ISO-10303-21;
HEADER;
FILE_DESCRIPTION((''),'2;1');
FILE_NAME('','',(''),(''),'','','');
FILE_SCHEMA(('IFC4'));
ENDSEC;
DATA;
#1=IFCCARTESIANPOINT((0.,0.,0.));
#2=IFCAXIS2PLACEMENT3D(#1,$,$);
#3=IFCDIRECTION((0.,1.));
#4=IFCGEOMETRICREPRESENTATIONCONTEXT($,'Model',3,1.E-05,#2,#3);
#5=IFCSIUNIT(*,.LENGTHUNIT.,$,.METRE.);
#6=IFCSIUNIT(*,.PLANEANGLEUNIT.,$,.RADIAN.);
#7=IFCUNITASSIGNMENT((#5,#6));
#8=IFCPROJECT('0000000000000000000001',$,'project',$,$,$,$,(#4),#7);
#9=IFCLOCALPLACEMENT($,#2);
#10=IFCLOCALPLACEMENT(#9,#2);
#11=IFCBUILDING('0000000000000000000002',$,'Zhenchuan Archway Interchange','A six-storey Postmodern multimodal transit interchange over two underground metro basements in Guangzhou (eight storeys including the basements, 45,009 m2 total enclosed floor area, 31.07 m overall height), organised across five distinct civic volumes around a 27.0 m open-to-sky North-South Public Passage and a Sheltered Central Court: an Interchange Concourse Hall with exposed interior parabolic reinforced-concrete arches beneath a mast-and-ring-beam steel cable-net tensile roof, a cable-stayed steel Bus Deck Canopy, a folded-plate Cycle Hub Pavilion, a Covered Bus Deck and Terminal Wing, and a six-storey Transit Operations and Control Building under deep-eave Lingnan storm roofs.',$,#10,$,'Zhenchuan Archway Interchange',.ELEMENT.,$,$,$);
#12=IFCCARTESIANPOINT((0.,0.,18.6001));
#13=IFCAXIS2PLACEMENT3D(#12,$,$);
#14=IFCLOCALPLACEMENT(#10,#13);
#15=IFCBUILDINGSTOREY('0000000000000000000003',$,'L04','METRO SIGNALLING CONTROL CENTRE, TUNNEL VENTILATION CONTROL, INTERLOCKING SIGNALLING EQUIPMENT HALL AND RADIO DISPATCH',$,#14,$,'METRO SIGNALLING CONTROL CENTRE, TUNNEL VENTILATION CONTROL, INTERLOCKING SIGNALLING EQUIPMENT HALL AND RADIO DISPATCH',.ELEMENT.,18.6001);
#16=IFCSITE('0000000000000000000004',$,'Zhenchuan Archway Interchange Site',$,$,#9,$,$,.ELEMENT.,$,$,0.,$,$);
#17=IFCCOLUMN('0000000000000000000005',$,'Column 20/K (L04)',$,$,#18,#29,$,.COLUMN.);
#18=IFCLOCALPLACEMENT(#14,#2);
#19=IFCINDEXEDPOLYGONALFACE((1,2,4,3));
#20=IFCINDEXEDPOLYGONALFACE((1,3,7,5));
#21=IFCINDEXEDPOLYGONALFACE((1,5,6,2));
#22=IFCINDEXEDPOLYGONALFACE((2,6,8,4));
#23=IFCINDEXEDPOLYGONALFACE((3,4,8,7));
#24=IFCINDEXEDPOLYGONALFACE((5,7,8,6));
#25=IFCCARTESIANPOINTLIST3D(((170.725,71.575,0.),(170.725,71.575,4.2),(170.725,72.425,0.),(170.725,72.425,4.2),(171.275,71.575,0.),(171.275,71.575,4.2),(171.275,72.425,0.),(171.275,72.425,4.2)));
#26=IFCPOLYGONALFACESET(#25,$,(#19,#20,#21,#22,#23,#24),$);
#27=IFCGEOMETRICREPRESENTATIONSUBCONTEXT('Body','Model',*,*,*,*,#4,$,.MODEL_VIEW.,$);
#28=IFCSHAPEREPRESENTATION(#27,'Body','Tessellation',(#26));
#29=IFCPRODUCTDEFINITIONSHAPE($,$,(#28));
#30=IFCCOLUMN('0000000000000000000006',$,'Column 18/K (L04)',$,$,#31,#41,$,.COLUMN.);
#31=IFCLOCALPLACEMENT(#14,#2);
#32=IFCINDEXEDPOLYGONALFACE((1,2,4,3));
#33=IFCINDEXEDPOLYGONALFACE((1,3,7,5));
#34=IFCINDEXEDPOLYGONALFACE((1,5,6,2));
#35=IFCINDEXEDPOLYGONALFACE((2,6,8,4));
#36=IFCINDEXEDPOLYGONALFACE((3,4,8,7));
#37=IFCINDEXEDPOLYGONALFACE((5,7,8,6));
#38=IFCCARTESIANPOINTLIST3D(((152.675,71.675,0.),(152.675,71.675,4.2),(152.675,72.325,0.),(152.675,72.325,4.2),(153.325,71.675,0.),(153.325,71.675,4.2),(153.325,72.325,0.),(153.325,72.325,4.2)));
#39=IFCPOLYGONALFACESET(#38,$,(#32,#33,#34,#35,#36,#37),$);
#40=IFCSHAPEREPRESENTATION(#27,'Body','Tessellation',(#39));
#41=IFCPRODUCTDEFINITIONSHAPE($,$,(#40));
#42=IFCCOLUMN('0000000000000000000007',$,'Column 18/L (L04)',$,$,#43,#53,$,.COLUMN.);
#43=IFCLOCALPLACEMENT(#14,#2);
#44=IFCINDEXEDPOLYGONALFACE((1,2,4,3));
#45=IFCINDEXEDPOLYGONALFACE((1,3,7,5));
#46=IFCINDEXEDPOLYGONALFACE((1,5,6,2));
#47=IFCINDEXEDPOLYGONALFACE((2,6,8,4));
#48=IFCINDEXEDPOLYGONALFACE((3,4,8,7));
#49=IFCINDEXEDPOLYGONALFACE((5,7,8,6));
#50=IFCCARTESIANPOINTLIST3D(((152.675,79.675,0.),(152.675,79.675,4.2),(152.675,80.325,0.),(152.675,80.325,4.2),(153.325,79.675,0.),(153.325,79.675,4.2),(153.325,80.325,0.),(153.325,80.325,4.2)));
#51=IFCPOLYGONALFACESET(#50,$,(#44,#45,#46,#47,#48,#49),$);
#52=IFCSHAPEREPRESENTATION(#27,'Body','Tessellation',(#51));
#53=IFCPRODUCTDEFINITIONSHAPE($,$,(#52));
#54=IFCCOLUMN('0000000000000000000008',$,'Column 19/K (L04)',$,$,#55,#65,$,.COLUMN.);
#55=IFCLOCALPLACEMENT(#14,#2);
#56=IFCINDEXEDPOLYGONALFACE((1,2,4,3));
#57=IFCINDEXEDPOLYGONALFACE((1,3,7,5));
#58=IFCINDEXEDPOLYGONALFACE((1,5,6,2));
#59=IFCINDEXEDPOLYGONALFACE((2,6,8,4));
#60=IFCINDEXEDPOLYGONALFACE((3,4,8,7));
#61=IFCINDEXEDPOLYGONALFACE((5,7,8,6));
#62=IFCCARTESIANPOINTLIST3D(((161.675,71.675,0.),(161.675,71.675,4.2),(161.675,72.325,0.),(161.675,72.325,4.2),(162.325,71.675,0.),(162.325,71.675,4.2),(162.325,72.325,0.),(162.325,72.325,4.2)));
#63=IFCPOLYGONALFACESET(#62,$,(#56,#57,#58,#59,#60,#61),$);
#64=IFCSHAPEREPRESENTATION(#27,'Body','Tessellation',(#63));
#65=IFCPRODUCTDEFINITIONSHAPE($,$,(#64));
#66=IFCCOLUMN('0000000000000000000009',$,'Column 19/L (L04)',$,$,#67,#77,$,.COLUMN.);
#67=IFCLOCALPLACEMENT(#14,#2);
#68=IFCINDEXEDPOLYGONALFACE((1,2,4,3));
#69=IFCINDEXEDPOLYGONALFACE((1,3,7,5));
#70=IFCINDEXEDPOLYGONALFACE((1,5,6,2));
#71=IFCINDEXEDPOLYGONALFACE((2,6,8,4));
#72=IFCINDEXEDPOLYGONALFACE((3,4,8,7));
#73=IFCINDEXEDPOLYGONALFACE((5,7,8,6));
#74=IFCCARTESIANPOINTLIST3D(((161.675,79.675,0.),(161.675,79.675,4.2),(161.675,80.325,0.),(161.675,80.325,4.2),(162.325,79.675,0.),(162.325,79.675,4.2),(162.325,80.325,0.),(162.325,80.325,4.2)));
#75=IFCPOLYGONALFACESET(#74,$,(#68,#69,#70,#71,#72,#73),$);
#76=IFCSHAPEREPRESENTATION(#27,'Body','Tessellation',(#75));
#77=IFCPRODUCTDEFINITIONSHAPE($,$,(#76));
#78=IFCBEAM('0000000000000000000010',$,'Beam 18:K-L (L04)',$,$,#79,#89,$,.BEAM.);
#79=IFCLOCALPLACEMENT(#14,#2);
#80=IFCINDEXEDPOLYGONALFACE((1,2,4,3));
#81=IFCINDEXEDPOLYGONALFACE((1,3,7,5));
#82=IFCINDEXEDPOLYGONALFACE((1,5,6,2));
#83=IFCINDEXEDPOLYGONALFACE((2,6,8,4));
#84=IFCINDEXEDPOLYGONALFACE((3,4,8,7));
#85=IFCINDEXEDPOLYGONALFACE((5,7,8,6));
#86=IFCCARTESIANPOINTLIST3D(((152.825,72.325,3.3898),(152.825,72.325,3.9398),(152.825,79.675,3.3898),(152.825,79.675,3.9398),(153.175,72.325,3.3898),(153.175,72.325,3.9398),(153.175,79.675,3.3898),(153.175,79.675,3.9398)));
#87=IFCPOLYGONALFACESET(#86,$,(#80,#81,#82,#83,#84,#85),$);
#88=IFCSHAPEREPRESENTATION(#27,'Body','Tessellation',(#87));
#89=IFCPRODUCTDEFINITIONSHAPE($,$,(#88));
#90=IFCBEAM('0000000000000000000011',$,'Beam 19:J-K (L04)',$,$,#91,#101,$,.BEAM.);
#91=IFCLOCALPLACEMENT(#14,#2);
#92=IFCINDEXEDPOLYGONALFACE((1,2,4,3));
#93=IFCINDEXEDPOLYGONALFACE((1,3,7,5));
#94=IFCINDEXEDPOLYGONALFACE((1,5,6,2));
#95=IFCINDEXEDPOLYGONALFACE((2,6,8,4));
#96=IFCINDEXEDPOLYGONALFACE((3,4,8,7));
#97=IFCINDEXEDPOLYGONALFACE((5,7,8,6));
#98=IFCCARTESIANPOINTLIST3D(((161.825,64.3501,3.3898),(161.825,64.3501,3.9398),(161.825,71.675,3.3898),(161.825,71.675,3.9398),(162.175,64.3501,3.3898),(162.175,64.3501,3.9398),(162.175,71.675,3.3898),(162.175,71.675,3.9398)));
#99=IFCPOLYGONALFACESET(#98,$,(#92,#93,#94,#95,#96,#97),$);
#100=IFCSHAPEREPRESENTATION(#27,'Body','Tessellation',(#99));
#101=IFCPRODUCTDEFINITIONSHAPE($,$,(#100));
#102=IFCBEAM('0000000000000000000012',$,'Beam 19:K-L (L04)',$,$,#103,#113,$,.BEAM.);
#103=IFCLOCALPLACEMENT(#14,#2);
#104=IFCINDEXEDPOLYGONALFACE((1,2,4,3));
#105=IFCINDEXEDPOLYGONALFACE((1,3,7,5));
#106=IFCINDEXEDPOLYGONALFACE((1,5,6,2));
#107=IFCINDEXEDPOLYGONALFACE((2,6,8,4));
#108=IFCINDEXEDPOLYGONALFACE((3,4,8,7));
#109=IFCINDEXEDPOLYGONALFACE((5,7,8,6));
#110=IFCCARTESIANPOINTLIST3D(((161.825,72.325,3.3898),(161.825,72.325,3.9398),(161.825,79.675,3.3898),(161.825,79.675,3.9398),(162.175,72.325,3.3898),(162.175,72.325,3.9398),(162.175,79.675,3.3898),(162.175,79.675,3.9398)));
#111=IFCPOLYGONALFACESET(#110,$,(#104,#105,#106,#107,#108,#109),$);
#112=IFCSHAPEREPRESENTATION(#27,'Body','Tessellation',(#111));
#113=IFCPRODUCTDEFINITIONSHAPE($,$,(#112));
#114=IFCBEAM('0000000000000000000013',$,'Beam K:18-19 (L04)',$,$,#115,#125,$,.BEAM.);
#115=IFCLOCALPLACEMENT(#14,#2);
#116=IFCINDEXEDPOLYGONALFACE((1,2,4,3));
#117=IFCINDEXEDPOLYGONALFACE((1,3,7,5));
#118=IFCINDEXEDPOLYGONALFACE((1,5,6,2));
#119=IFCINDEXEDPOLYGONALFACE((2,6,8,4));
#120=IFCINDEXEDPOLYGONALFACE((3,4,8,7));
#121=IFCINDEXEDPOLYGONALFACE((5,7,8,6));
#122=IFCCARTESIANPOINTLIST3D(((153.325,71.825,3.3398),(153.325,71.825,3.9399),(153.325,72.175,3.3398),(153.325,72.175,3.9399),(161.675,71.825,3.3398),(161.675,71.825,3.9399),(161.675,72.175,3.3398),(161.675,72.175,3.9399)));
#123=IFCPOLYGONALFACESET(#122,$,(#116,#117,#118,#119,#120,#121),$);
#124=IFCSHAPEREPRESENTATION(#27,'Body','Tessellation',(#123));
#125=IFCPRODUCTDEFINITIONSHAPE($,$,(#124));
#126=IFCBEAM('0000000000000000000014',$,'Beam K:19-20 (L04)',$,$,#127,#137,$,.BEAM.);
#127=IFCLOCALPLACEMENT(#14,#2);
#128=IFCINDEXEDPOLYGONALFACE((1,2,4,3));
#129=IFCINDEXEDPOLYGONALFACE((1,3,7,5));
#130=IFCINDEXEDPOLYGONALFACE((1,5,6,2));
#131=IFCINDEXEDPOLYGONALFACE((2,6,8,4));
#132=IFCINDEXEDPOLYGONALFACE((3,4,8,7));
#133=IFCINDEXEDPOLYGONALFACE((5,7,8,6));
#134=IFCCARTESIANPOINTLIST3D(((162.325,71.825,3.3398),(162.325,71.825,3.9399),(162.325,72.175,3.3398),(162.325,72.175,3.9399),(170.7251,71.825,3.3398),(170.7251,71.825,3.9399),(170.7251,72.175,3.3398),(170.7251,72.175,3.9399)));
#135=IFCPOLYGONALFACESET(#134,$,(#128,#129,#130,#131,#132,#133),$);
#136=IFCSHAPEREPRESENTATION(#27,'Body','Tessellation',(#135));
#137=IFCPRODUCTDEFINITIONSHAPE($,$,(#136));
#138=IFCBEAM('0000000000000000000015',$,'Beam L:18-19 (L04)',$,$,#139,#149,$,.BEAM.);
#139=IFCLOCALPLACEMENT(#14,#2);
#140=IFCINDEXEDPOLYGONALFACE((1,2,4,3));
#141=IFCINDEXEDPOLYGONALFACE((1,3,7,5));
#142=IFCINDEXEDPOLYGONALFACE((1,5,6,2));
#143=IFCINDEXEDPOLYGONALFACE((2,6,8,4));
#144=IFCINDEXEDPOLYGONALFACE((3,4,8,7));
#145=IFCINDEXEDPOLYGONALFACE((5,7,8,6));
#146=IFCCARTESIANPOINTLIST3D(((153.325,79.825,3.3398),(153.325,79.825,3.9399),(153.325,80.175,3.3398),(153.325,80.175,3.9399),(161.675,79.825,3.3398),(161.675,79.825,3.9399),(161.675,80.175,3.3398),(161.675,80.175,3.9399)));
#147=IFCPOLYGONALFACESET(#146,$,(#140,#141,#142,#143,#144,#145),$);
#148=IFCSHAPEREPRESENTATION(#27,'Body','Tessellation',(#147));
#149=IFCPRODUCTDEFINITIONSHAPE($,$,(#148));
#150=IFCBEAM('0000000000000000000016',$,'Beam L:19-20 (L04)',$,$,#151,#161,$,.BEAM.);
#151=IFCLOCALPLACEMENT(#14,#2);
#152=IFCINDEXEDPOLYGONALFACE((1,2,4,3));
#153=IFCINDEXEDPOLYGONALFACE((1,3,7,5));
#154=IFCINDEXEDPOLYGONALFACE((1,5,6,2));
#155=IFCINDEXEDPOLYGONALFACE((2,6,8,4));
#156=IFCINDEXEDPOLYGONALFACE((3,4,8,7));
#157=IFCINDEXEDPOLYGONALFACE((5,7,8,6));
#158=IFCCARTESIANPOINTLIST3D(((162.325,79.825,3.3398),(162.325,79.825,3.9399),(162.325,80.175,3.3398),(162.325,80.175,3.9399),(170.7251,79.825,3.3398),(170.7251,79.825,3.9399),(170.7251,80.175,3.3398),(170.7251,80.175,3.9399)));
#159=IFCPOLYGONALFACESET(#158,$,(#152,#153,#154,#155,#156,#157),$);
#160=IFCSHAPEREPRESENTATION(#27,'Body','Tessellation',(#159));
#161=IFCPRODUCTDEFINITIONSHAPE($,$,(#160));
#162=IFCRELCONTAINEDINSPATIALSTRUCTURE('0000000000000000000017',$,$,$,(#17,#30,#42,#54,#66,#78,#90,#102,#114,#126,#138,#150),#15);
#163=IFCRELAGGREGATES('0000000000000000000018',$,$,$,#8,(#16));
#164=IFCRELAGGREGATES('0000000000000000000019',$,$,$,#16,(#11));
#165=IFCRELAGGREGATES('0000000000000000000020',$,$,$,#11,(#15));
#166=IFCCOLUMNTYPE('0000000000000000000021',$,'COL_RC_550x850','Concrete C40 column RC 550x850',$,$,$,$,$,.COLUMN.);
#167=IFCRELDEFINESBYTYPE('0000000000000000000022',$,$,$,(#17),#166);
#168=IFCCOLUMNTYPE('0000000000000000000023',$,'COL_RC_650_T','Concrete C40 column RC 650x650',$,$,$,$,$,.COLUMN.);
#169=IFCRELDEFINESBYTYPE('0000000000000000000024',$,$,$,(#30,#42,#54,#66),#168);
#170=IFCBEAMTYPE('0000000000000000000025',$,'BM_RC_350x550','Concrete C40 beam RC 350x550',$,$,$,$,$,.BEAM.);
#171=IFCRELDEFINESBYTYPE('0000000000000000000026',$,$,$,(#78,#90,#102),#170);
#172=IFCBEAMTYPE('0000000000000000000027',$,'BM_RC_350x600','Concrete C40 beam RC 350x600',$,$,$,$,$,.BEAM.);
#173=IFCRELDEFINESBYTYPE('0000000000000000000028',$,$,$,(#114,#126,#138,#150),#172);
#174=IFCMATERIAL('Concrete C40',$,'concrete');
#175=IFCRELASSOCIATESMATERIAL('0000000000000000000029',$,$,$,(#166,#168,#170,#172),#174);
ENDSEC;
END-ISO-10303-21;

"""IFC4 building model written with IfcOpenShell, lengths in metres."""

from ifc_helpers import new_model, si_unit, direction, frame, origin, origin_2d, place, context, subcontext, project, spatial, rectangle, extrude, material, material_profile, profile_set, type_object, element, save


model = new_model("IFC4")

# Units and contexts
model_context = context("Model", 3, precision=1e-05, world=origin(), true_north=direction((0.0, 1.0)))
body_context = subcontext(model_context, "Body", "Model", "MODEL_VIEW")
ifc_project = project(units=[si_unit("LENGTHUNIT", "METRE"), si_unit("PLANEANGLEUNIT", "RADIAN")], contexts=[model_context])

# Site, building, storey
site_placement = place(None, origin())
site = spatial("IfcSite", under=ifc_project, at=site_placement, Name="Zhenchuan Archway Interchange Site", CompositionType="ELEMENT", RefElevation=0.0)
building_placement = place(site_placement, origin())
building = spatial("IfcBuilding", under=site, at=building_placement, Name="Zhenchuan Archway Interchange", Description="A six-storey Postmodern multimodal transit interchange over two underground metro basements in Guangzhou (eight storeys including the basements, 45,009 m2 total enclosed floor area, 31.07 m overall height), organised across five distinct civic volumes around a 27.0 m open-to-sky North-South Public Passage and a Sheltered Central Court: an Interchange Concourse Hall with exposed interior parabolic reinforced-concrete arches beneath a mast-and-ring-beam steel cable-net tensile roof, a cable-stayed steel Bus Deck Canopy, a folded-plate Cycle Hub Pavilion, a Covered Bus Deck and Terminal Wing, and a six-storey Transit Operations and Control Building under deep-eave Lingnan storm roofs.", LongName="Zhenchuan Archway Interchange", CompositionType="ELEMENT")
storey_placement = place(building_placement, frame((0.0, 0.0, 18.6001)))
storey = spatial("IfcBuildingStorey", under=building, at=storey_placement, Name="L04", Description="METRO SIGNALLING CONTROL CENTRE, TUNNEL VENTILATION CONTROL, INTERLOCKING SIGNALLING EQUIPMENT HALL AND RADIO DISPATCH", LongName="METRO SIGNALLING CONTROL CENTRE, TUNNEL VENTILATION CONTROL, INTERLOCKING SIGNALLING EQUIPMENT HALL AND RADIO DISPATCH", CompositionType="ELEMENT", Elevation=18.6001)

# Columns
ifc_material_1 = material(Name="Concrete C40", Category="concrete")
ifc_material_profile_1 = material_profile(ifc_material_1, rectangle(XDim=0.55, YDim=0.8501, at=origin_2d()), Name="RC 550x850")
ifc_profile_set_1 = profile_set([ifc_material_profile_1], Name="Concrete C40")
column_type_1 = type_object("IfcColumnType", Name="COL_RC_550x850", Description="Concrete C40 column RC 550x850", PredefinedType="COLUMN", material=ifc_profile_set_1)
column_placement = place(storey_placement, frame((171.0, 72.0, 0.0), z_axis=(0.0, 0.0, 1.0), x_axis=(1.0, 0.0, 0.0)))
element("IfcColumn", 1, at=column_placement, inside=storey, type_object=column_type_1, Name="Column 20/K (L04)", PredefinedType="COLUMN", context=body_context, shape_type="SweptSolid", body=[
    extrude(rectangle(XDim=0.55, YDim=0.8501, at=origin_2d()), origin(), (0.0, 0.0, 1.0), 4.2),
])
ifc_material_profile_2 = material_profile(ifc_material_1, rectangle(XDim=0.6499, YDim=0.6499, at=origin_2d()), Name="RC 650x650")
ifc_profile_set_2 = profile_set([ifc_material_profile_2], Name="Concrete C40")
column_type_2 = type_object("IfcColumnType", Name="COL_RC_650_T", Description="Concrete C40 column RC 650x650", PredefinedType="COLUMN", material=ifc_profile_set_2)
for number, where, z_axis, x_axis, name in (
    (2, (153.0, 72.0, 0.0), (0.0, 0.0, 1.0), (1.0, 0.0, 0.0), "Column 18/K (L04)"),
    (3, (153.0, 80.0, 0.0), (0.0, 0.0, 1.0), (1.0, 0.0, 0.0), "Column 18/L (L04)"),
    (4, (162.0, 72.0, 0.0), (0.0, 0.0, 1.0), (1.0, 0.0, 0.0), "Column 19/K (L04)"),
    (5, (162.0, 80.0, 0.0), (0.0, 0.0, 1.0), (1.0, 0.0, 0.0), "Column 19/L (L04)"),
):
    element("IfcColumn", number, at=place(storey_placement, frame(where, z_axis=z_axis, x_axis=x_axis)), inside=storey, type_object=column_type_2, Name=name, PredefinedType="COLUMN", context=body_context, shape_type="SweptSolid", body=[
        extrude(rectangle(XDim=0.6499, YDim=0.6499, at=origin_2d()), origin(), (0.0, 0.0, 1.0), 4.2),
    ])

# Beams
ifc_material_profile_3 = material_profile(ifc_material_1, rectangle(XDim=0.3501, YDim=0.55, at=origin_2d()), Name="RC 350x550")
ifc_profile_set_3 = profile_set([ifc_material_profile_3], Name="Concrete C40")
beam_type_1 = type_object("IfcBeamType", Name="BM_RC_350x550", Description="Concrete C40 beam RC 350x550", PredefinedType="BEAM", material=ifc_profile_set_3)
beam_1_placement = place(storey_placement, frame((153.0, 72.325, 3.6648), z_axis=(0.0, 1.0, 0.0), x_axis=(-1.0, 0.0, 0.0)))
element("IfcBeam", 6, at=beam_1_placement, inside=storey, type_object=beam_type_1, Name="Beam 18:K-L (L04)", PredefinedType="BEAM", context=body_context, shape_type="SweptSolid", body=[
    extrude(rectangle(XDim=0.3501, YDim=0.55, at=origin_2d()), origin(), (0.0, 0.0, 1.0), 7.3501),
])
beam_2_placement = place(storey_placement, frame((162.0, 64.3501, 3.6648), z_axis=(0.0, 1.0, 0.0), x_axis=(-1.0, 0.0, 0.0)))
element("IfcBeam", 7, at=beam_2_placement, inside=storey, type_object=beam_type_1, Name="Beam 19:J-K (L04)", PredefinedType="BEAM", context=body_context, shape_type="SweptSolid", body=[
    extrude(rectangle(XDim=0.3501, YDim=0.55, at=origin_2d()), origin(), (0.0, 0.0, 1.0), 7.325),
])
beam_3_placement = place(storey_placement, frame((162.0, 72.325, 3.6648), z_axis=(0.0, 1.0, 0.0), x_axis=(-1.0, 0.0, 0.0)))
element("IfcBeam", 8, at=beam_3_placement, inside=storey, type_object=beam_type_1, Name="Beam 19:K-L (L04)", PredefinedType="BEAM", context=body_context, shape_type="SweptSolid", body=[
    extrude(rectangle(XDim=0.3501, YDim=0.55, at=origin_2d()), origin(), (0.0, 0.0, 1.0), 7.3501),
])
ifc_material_profile_4 = material_profile(ifc_material_1, rectangle(XDim=0.3501, YDim=0.6001, at=origin_2d()), Name="RC 350x600")
ifc_profile_set_4 = profile_set([ifc_material_profile_4], Name="Concrete C40")
beam_type_2 = type_object("IfcBeamType", Name="BM_RC_350x600", Description="Concrete C40 beam RC 350x600", PredefinedType="BEAM", material=ifc_profile_set_4)
beam_4_placement = place(storey_placement, frame((153.325, 72.0, 3.6399), z_axis=(1.0, 0.0, 0.0), x_axis=(0.0, 1.0, 0.0)))
element("IfcBeam", 9, at=beam_4_placement, inside=storey, type_object=beam_type_2, Name="Beam K:18-19 (L04)", PredefinedType="BEAM", context=body_context, shape_type="SweptSolid", body=[
    extrude(rectangle(XDim=0.3501, YDim=0.6001, at=origin_2d()), origin(), (0.0, 0.0, 1.0), 8.3501),
])
beam_5_placement = place(storey_placement, frame((162.325, 72.0, 3.6399), z_axis=(1.0, 0.0, 0.0), x_axis=(0.0, 1.0, 0.0)))
element("IfcBeam", 10, at=beam_5_placement, inside=storey, type_object=beam_type_2, Name="Beam K:19-20 (L04)", PredefinedType="BEAM", context=body_context, shape_type="SweptSolid", body=[
    extrude(rectangle(XDim=0.3501, YDim=0.6001, at=origin_2d()), origin(), (0.0, 0.0, 1.0), 8.4001),
])
beam_6_placement = place(storey_placement, frame((153.325, 80.0, 3.6399), z_axis=(1.0, 0.0, 0.0), x_axis=(0.0, 1.0, 0.0)))
element("IfcBeam", 11, at=beam_6_placement, inside=storey, type_object=beam_type_2, Name="Beam L:18-19 (L04)", PredefinedType="BEAM", context=body_context, shape_type="SweptSolid", body=[
    extrude(rectangle(XDim=0.3501, YDim=0.6001, at=origin_2d()), origin(), (0.0, 0.0, 1.0), 8.3501),
])
beam_7_placement = place(storey_placement, frame((162.325, 80.0, 3.6399), z_axis=(1.0, 0.0, 0.0), x_axis=(0.0, 1.0, 0.0)))
element("IfcBeam", 12, at=beam_7_placement, inside=storey, type_object=beam_type_2, Name="Beam L:19-20 (L04)", PredefinedType="BEAM", context=body_context, shape_type="SweptSolid", body=[
    extrude(rectangle(XDim=0.3501, YDim=0.6001, at=origin_2d()), origin(), (0.0, 0.0, 1.0), 8.4001),
])

save(model, "model.ifc")
